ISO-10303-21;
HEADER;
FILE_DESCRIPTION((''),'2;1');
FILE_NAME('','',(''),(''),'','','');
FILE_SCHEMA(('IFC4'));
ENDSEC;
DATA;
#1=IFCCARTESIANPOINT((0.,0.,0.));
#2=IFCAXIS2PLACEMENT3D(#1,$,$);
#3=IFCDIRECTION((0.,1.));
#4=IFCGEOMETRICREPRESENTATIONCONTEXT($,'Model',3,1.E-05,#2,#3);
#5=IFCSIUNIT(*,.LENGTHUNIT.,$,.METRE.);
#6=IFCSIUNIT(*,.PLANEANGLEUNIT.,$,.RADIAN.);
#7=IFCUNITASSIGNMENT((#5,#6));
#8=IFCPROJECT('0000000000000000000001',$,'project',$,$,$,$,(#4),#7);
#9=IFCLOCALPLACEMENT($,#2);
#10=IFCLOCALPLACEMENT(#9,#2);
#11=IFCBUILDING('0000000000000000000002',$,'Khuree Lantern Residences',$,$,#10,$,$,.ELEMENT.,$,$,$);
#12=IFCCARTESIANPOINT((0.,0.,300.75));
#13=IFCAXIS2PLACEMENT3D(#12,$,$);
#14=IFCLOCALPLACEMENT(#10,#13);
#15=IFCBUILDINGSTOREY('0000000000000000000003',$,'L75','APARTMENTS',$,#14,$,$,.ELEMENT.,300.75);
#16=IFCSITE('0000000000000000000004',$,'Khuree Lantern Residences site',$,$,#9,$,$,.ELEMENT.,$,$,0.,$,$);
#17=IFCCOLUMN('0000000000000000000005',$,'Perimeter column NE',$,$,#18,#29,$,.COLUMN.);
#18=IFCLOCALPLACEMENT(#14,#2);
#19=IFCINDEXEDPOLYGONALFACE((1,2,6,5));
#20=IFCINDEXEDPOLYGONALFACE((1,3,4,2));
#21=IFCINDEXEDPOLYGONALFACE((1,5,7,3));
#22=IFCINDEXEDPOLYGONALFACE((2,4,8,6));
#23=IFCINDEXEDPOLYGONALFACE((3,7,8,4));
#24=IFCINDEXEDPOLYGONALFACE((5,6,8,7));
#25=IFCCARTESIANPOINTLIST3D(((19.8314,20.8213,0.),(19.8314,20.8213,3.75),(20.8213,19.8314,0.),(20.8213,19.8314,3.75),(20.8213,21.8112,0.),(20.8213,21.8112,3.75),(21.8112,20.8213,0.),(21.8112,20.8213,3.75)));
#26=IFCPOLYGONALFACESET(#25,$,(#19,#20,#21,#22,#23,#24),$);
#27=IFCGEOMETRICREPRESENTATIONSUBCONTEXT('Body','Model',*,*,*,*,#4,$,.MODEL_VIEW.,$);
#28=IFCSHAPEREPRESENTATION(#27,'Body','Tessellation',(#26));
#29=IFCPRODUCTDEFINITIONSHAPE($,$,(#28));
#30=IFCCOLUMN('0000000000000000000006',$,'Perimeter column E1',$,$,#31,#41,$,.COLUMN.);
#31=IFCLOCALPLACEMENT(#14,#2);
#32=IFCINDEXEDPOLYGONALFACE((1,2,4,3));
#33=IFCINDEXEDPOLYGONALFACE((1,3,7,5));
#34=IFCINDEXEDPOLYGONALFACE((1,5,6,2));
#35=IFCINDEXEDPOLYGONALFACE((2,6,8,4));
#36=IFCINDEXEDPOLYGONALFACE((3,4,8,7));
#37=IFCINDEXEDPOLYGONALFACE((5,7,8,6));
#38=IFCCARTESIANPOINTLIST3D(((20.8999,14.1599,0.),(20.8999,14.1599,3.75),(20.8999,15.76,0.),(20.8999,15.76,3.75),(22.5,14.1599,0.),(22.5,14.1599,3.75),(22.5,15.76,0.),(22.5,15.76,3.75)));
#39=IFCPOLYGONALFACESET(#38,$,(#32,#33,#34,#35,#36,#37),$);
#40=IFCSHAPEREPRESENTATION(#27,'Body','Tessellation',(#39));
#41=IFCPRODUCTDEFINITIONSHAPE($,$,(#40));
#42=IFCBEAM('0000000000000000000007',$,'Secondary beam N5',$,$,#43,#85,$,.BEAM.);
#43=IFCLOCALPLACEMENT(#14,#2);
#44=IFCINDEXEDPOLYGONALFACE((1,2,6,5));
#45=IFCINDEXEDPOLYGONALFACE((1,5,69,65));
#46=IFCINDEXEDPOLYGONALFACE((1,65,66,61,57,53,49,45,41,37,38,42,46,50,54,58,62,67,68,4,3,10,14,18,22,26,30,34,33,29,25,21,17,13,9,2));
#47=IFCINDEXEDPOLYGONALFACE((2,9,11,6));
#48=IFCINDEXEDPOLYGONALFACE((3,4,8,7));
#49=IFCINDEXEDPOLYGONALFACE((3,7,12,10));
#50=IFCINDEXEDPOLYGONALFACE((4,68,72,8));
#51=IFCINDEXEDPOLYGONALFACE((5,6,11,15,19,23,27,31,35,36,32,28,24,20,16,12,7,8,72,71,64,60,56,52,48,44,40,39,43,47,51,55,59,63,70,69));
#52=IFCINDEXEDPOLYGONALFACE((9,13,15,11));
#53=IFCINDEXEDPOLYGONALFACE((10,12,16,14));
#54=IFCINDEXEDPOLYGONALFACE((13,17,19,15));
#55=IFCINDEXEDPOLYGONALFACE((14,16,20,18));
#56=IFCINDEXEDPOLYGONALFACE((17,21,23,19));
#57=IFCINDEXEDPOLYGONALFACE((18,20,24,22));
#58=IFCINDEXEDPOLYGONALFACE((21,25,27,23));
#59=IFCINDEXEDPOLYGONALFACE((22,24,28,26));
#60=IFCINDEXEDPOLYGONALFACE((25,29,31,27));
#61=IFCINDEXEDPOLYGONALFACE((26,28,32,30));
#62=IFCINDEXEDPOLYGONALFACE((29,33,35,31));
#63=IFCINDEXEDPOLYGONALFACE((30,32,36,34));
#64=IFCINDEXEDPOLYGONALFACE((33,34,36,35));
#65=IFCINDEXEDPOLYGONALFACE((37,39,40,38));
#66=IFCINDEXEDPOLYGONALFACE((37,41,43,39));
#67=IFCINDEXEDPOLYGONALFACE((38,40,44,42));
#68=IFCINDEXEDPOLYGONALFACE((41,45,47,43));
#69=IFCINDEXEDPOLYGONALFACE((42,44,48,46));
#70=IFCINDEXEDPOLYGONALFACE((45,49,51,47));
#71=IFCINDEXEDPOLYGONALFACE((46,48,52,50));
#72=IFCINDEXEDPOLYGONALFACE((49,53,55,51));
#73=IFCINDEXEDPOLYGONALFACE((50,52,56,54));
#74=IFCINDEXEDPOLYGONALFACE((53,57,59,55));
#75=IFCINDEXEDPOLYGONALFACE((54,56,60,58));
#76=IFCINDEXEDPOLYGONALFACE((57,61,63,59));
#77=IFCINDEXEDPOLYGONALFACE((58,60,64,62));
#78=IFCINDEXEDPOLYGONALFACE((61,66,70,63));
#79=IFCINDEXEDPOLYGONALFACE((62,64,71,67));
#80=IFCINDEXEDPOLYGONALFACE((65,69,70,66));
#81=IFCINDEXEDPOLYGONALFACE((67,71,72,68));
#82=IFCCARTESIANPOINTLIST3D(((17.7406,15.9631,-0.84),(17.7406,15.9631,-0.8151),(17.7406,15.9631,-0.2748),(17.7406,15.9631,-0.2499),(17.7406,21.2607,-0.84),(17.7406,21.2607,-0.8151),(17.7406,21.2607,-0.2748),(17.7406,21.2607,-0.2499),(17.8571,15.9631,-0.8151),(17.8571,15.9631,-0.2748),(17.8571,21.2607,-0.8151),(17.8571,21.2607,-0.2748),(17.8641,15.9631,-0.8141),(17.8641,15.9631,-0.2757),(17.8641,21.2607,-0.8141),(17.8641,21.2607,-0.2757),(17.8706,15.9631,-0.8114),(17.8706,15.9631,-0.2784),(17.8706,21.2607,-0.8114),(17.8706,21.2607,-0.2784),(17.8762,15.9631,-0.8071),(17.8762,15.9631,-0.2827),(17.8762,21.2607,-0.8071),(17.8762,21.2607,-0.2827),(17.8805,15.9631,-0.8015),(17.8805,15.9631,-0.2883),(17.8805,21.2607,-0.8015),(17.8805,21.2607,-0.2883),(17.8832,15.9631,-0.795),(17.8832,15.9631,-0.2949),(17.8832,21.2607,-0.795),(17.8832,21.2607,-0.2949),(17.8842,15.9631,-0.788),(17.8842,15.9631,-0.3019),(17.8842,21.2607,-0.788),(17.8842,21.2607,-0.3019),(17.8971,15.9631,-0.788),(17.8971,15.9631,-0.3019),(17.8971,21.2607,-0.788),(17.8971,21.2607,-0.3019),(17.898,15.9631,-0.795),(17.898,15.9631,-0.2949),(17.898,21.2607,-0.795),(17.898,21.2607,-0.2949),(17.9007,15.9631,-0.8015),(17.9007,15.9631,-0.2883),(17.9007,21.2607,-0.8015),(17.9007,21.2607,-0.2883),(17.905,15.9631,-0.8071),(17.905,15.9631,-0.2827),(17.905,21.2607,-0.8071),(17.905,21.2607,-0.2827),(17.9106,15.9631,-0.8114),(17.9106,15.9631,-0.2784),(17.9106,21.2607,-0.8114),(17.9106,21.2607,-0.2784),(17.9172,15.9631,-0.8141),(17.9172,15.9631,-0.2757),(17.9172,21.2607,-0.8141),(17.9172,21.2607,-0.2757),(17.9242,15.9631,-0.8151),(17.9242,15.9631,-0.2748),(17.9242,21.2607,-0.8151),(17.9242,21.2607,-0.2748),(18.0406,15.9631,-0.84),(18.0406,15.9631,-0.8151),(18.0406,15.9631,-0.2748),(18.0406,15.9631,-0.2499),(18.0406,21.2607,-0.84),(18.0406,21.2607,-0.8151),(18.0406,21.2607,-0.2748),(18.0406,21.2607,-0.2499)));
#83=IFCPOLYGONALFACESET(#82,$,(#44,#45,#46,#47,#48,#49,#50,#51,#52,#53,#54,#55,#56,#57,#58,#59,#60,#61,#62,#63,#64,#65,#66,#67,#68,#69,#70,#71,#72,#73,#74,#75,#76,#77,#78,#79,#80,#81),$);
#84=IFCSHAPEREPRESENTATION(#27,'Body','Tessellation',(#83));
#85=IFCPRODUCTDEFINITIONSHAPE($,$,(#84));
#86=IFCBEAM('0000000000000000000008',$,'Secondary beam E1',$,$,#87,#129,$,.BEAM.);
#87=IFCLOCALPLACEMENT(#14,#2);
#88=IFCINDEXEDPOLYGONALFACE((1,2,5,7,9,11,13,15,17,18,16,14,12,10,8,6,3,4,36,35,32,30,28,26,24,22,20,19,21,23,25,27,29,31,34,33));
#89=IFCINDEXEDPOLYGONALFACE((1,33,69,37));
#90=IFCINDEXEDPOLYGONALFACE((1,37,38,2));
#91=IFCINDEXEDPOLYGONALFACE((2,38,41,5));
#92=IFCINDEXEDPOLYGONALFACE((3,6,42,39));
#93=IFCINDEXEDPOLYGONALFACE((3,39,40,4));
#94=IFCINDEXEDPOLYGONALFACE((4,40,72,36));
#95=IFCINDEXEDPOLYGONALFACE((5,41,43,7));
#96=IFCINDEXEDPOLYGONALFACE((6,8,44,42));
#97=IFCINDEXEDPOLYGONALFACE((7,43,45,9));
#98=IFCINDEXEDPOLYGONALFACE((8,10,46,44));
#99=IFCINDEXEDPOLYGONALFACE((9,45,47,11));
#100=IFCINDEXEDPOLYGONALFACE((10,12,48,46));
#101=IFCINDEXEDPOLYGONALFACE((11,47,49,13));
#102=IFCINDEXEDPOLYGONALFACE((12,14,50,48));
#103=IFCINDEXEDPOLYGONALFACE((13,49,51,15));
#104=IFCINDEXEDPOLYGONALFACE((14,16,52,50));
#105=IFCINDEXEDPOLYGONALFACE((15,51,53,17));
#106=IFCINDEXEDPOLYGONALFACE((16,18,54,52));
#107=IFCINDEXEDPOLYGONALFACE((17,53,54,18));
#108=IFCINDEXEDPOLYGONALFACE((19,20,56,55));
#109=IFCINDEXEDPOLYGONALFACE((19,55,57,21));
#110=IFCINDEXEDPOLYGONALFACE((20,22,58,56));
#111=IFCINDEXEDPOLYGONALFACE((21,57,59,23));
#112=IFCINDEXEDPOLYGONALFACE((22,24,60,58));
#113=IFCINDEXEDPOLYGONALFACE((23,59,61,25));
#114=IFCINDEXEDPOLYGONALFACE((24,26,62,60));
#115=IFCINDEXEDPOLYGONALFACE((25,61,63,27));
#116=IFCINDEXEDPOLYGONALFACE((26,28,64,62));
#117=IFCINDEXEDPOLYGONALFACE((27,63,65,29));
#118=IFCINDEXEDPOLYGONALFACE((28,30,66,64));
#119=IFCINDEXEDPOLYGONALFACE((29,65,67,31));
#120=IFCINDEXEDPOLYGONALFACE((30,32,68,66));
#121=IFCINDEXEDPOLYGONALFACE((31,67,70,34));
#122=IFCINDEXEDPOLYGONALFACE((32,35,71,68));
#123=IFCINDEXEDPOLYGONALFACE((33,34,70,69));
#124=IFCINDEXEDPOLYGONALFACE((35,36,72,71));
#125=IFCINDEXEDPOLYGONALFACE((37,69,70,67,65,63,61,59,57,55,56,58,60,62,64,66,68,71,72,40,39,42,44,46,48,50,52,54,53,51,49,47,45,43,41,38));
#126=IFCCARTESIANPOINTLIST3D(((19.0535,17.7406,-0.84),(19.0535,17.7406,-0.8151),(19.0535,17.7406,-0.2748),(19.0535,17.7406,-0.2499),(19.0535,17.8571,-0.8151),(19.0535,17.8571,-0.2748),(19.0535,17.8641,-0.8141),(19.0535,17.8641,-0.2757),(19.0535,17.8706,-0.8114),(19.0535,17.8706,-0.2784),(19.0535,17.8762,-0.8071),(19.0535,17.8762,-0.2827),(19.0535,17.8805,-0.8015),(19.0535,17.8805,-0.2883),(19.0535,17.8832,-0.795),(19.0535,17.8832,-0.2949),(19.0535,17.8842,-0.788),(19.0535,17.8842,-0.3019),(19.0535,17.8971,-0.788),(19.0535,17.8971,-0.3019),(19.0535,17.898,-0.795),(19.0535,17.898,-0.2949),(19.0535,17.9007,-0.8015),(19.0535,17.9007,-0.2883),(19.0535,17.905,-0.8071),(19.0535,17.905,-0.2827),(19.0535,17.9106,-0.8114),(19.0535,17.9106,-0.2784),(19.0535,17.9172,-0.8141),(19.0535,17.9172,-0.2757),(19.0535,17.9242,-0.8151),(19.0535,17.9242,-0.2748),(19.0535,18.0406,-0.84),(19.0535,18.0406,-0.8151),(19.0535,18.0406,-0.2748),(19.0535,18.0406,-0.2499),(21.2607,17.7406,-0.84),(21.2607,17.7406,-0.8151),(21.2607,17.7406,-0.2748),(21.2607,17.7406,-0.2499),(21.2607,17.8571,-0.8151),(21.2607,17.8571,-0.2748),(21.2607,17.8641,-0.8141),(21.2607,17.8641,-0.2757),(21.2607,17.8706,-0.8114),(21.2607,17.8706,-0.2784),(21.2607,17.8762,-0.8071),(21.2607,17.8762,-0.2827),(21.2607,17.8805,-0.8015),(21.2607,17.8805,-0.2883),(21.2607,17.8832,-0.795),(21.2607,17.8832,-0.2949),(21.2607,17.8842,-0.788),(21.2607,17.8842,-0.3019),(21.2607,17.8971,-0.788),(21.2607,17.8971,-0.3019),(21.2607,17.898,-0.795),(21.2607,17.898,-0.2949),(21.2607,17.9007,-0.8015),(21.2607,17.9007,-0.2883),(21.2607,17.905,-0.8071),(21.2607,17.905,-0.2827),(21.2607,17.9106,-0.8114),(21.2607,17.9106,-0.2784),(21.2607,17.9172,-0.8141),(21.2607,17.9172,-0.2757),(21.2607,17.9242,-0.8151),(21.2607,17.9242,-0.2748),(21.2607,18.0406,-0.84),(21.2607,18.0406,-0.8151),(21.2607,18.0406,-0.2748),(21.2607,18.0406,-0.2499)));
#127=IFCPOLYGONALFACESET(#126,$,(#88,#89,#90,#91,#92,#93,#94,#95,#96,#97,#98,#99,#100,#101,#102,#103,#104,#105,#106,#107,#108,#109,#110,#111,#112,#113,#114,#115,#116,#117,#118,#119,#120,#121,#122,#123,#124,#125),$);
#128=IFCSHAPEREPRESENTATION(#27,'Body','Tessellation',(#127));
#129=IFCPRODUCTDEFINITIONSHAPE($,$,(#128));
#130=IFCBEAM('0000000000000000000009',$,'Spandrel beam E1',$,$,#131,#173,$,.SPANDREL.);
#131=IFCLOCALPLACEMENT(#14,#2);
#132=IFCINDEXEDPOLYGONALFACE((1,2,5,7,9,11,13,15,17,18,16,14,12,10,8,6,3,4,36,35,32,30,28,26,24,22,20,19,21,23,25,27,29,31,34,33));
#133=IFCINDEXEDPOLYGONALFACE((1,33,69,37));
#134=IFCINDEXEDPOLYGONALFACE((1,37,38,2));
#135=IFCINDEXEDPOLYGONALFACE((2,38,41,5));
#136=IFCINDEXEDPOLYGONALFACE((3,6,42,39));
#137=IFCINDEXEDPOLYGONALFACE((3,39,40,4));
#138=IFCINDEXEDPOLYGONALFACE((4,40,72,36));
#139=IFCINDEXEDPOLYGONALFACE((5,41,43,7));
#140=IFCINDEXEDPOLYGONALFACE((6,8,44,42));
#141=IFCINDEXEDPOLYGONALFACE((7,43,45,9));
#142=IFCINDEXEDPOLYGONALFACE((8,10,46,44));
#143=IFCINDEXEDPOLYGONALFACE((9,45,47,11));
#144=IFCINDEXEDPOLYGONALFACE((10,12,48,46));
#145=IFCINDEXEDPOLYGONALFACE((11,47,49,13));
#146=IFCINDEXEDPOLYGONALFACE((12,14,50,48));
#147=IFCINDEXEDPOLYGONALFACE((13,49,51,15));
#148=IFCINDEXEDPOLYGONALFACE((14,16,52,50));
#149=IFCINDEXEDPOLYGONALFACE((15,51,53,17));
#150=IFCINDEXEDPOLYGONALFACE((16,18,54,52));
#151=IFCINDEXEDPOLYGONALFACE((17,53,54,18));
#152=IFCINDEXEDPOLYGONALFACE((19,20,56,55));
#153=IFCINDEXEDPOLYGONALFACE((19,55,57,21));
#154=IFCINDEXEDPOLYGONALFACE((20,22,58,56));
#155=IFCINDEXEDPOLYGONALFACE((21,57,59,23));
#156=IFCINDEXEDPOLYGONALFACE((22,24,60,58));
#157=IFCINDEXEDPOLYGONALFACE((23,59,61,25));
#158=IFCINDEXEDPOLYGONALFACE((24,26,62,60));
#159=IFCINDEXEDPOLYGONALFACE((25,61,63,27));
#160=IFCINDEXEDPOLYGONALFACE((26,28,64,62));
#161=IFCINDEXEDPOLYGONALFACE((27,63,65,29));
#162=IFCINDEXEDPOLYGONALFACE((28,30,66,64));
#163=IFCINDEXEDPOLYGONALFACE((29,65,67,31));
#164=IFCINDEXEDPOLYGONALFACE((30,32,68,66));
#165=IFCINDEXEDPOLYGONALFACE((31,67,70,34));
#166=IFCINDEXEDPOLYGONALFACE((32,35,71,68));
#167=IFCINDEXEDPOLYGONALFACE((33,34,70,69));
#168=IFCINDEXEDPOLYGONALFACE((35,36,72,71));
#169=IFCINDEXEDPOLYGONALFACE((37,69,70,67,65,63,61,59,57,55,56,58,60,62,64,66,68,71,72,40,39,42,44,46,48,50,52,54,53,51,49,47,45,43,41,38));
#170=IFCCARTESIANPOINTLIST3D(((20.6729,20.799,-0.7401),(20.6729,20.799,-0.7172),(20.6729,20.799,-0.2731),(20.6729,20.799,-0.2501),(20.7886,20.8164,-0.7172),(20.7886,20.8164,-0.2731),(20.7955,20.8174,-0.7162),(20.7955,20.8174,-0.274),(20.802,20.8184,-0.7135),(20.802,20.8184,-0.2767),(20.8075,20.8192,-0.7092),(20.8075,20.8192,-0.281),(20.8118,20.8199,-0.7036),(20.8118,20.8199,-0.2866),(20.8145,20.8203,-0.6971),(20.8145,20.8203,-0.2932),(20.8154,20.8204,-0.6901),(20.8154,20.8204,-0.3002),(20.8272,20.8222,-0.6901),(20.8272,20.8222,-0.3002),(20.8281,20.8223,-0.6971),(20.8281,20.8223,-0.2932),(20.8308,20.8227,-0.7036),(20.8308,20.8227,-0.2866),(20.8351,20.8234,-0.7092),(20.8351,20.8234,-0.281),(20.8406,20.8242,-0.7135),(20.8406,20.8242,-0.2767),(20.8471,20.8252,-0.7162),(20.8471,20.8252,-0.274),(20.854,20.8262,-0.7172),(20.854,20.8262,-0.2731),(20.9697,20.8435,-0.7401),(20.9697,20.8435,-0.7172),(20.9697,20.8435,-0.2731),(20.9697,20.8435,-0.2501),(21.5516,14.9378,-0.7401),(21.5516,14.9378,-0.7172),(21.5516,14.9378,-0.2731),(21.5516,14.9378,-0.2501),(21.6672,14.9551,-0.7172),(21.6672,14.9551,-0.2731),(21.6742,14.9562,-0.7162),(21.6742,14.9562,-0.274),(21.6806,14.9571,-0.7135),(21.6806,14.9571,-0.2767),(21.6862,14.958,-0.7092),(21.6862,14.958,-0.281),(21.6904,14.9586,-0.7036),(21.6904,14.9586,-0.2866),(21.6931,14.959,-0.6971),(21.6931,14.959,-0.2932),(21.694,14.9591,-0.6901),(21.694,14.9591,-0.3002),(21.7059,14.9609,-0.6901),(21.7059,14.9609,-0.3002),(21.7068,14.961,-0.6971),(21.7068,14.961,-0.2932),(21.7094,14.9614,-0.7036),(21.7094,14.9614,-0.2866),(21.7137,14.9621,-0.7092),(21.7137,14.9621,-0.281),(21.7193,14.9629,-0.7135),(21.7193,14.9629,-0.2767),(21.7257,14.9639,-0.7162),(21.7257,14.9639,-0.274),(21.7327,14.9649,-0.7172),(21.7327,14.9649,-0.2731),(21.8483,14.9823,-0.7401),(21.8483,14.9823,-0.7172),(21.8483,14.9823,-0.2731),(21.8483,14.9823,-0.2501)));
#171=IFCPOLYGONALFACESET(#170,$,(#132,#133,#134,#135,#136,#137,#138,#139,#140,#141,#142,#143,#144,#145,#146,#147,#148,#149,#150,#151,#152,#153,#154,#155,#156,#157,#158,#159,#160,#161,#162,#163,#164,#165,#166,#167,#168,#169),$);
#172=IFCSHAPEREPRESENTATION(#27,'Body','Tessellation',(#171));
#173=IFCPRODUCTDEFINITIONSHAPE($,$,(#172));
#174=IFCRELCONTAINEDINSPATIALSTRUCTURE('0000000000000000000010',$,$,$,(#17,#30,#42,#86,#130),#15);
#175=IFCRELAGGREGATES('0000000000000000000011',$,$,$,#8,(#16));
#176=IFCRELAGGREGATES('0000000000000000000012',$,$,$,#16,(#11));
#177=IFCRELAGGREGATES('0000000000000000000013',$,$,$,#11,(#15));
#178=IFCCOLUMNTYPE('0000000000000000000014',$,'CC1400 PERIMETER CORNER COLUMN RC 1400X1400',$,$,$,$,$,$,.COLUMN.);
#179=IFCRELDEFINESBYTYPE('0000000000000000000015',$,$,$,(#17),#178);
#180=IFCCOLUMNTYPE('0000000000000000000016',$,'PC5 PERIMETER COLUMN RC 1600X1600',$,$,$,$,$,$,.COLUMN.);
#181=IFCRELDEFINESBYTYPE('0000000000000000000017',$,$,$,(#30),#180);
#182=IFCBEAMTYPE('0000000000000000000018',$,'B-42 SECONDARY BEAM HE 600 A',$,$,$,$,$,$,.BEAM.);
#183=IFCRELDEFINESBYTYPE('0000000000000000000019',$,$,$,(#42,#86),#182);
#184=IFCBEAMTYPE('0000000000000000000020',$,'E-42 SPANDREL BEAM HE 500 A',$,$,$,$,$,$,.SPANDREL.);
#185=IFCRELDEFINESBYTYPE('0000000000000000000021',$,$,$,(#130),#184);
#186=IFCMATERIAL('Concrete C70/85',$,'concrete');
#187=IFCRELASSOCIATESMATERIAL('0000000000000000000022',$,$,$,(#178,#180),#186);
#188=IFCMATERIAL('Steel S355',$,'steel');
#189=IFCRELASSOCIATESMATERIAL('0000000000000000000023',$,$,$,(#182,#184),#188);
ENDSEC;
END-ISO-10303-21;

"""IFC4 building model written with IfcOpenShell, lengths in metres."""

from ifc_helpers import new_model, si_unit, direction, frame, origin, origin_2d, place, context, subcontext, project, spatial, rectangle, i_section, extrude, material, material_profile, profile_set, type_object, element, save


model = new_model("IFC4")

# Units and contexts
model_context = context("Model", 3, precision=1e-05, world=origin(), true_north=direction((0.0, 1.0)))
body_context = subcontext(model_context, "Body", "Model", "MODEL_VIEW")
ifc_project = project(units=[si_unit("LENGTHUNIT", "METRE"), si_unit("PLANEANGLEUNIT", "RADIAN")], contexts=[model_context])

# Site, building, storey
site_placement = place(None, origin())
site = spatial("IfcSite", under=ifc_project, at=site_placement, Name="Khuree Lantern Residences site", CompositionType="ELEMENT", RefElevation=0.0)
building_placement = place(site_placement, origin())
building = spatial("IfcBuilding", under=site, at=building_placement, Name="Khuree Lantern Residences", CompositionType="ELEMENT")
storey_placement = place(building_placement, frame((0.0, 0.0, 300.75)))
storey = spatial("IfcBuildingStorey", under=building, at=storey_placement, Name="L75", Description="APARTMENTS", CompositionType="ELEMENT", Elevation=300.75)

# Columns
ifc_material_1 = material(Name="Concrete C70/85", Category="concrete")
ifc_material_profile_1 = material_profile(ifc_material_1, rectangle(XDim=1.3999, YDim=1.3999, at=origin_2d()), Name="RC 1400X1400")
ifc_profile_set_1 = profile_set([ifc_material_profile_1], Name="Concrete C70/85")
column_type_1 = type_object("IfcColumnType", Name="CC1400 PERIMETER CORNER COLUMN RC 1400X1400", PredefinedType="COLUMN", material=ifc_profile_set_1)
column_1_placement = place(storey_placement, frame((20.8213, 20.8213, 0.0), z_axis=(0.0, 0.0, 1.0), x_axis=(0.707107, -0.707107, 0.0)))
element("IfcColumn", 1, at=column_1_placement, inside=storey, type_object=column_type_1, Name="Perimeter column NE", PredefinedType="COLUMN", context=body_context, shape_type="SweptSolid", body=[
    extrude(rectangle(XDim=1.3999, YDim=1.3999, at=origin_2d()), origin(), (0.0, 0.0, 1.0), 3.75),
])
ifc_material_profile_2 = material_profile(ifc_material_1, rectangle(XDim=1.6001, YDim=1.6001, at=origin_2d()), Name="RC 1600X1600")
ifc_profile_set_2 = profile_set([ifc_material_profile_2], Name="Concrete C70/85")
column_type_2 = type_object("IfcColumnType", Name="PC5 PERIMETER COLUMN RC 1600X1600", PredefinedType="COLUMN", material=ifc_profile_set_2)
column_2_placement = place(storey_placement, frame((21.7, 14.96, 0.0), z_axis=(0.0, 0.0, 1.0), x_axis=(0.0, 1.0, 0.0)))
element("IfcColumn", 2, at=column_2_placement, inside=storey, type_object=column_type_2, Name="Perimeter column E1", PredefinedType="COLUMN", context=body_context, shape_type="SweptSolid", body=[
    extrude(rectangle(XDim=1.6001, YDim=1.6001, at=origin_2d()), origin(), (0.0, 0.0, 1.0), 3.75),
])

# Beams
ifc_material_2 = material(Name="Steel S355", Category="steel")
ifc_material_profile_3 = material_profile(ifc_material_2, i_section(OverallWidth=0.3, OverallDepth=0.5901, WebThickness=0.0129, FlangeThickness=0.0249, FilletRadius=0.0271, at=origin_2d()), Name="HE 600 A")
ifc_profile_set_3 = profile_set([ifc_material_profile_3], Name="Steel S355")
beam_type_1 = type_object("IfcBeamType", Name="B-42 SECONDARY BEAM HE 600 A", PredefinedType="BEAM", material=ifc_profile_set_3)
beam_1_placement = place(storey_placement, frame((17.8906, 21.2607, -0.5449), z_axis=(0.0, -1.0, 0.0), x_axis=(1.0, 0.0, 0.0)))
element("IfcBeam", 3, at=beam_1_placement, inside=storey, type_object=beam_type_1, Name="Secondary beam N5", PredefinedType="BEAM", context=body_context, shape_type="SweptSolid", body=[
    extrude(i_section(OverallWidth=0.3, OverallDepth=0.5901, WebThickness=0.0129, FlangeThickness=0.0249, FilletRadius=0.0271, at=origin_2d()), origin(), (0.0, 0.0, 1.0), 5.2976),
])
beam_2_placement = place(storey_placement, frame((21.2607, 17.8906, -0.5449), z_axis=(-1.0, 0.0, 0.0), x_axis=(0.0, -1.0, 0.0)))
element("IfcBeam", 4, at=beam_2_placement, inside=storey, type_object=beam_type_1, Name="Secondary beam E1", PredefinedType="BEAM", context=body_context, shape_type="SweptSolid", body=[
    extrude(i_section(OverallWidth=0.3, OverallDepth=0.5901, WebThickness=0.0129, FlangeThickness=0.0249, FilletRadius=0.0271, at=origin_2d()), origin(), (0.0, 0.0, 1.0), 2.2073),
])
ifc_material_profile_4 = material_profile(ifc_material_2, i_section(OverallWidth=0.3, OverallDepth=0.49, WebThickness=0.012, FlangeThickness=0.0229, FilletRadius=0.0271, at=origin_2d()), Name="HE 500 A")
ifc_profile_set_4 = profile_set([ifc_material_profile_4], Name="Steel S355")
beam_type_2 = type_object("IfcBeamType", Name="E-42 SPANDREL BEAM HE 500 A", PredefinedType="SPANDREL", material=ifc_profile_set_4)
beam_3_placement = place(storey_placement, frame((20.8213, 20.8213, -0.4951), z_axis=(0.148252, -0.98895, 0.0), x_axis=(0.98895, 0.148252, 0.0)))
element("IfcBeam", 5, at=beam_3_placement, inside=storey, type_object=beam_type_2, Name="Spandrel beam E1", PredefinedType="SPANDREL", context=body_context, shape_type="SweptSolid", body=[
    extrude(i_section(OverallWidth=0.3, OverallDepth=0.49, WebThickness=0.012, FlangeThickness=0.0229, FilletRadius=0.0271, at=origin_2d()), origin(), (0.0, 0.0, 1.0), 5.9268),
])

save(model, "model.ifc")
